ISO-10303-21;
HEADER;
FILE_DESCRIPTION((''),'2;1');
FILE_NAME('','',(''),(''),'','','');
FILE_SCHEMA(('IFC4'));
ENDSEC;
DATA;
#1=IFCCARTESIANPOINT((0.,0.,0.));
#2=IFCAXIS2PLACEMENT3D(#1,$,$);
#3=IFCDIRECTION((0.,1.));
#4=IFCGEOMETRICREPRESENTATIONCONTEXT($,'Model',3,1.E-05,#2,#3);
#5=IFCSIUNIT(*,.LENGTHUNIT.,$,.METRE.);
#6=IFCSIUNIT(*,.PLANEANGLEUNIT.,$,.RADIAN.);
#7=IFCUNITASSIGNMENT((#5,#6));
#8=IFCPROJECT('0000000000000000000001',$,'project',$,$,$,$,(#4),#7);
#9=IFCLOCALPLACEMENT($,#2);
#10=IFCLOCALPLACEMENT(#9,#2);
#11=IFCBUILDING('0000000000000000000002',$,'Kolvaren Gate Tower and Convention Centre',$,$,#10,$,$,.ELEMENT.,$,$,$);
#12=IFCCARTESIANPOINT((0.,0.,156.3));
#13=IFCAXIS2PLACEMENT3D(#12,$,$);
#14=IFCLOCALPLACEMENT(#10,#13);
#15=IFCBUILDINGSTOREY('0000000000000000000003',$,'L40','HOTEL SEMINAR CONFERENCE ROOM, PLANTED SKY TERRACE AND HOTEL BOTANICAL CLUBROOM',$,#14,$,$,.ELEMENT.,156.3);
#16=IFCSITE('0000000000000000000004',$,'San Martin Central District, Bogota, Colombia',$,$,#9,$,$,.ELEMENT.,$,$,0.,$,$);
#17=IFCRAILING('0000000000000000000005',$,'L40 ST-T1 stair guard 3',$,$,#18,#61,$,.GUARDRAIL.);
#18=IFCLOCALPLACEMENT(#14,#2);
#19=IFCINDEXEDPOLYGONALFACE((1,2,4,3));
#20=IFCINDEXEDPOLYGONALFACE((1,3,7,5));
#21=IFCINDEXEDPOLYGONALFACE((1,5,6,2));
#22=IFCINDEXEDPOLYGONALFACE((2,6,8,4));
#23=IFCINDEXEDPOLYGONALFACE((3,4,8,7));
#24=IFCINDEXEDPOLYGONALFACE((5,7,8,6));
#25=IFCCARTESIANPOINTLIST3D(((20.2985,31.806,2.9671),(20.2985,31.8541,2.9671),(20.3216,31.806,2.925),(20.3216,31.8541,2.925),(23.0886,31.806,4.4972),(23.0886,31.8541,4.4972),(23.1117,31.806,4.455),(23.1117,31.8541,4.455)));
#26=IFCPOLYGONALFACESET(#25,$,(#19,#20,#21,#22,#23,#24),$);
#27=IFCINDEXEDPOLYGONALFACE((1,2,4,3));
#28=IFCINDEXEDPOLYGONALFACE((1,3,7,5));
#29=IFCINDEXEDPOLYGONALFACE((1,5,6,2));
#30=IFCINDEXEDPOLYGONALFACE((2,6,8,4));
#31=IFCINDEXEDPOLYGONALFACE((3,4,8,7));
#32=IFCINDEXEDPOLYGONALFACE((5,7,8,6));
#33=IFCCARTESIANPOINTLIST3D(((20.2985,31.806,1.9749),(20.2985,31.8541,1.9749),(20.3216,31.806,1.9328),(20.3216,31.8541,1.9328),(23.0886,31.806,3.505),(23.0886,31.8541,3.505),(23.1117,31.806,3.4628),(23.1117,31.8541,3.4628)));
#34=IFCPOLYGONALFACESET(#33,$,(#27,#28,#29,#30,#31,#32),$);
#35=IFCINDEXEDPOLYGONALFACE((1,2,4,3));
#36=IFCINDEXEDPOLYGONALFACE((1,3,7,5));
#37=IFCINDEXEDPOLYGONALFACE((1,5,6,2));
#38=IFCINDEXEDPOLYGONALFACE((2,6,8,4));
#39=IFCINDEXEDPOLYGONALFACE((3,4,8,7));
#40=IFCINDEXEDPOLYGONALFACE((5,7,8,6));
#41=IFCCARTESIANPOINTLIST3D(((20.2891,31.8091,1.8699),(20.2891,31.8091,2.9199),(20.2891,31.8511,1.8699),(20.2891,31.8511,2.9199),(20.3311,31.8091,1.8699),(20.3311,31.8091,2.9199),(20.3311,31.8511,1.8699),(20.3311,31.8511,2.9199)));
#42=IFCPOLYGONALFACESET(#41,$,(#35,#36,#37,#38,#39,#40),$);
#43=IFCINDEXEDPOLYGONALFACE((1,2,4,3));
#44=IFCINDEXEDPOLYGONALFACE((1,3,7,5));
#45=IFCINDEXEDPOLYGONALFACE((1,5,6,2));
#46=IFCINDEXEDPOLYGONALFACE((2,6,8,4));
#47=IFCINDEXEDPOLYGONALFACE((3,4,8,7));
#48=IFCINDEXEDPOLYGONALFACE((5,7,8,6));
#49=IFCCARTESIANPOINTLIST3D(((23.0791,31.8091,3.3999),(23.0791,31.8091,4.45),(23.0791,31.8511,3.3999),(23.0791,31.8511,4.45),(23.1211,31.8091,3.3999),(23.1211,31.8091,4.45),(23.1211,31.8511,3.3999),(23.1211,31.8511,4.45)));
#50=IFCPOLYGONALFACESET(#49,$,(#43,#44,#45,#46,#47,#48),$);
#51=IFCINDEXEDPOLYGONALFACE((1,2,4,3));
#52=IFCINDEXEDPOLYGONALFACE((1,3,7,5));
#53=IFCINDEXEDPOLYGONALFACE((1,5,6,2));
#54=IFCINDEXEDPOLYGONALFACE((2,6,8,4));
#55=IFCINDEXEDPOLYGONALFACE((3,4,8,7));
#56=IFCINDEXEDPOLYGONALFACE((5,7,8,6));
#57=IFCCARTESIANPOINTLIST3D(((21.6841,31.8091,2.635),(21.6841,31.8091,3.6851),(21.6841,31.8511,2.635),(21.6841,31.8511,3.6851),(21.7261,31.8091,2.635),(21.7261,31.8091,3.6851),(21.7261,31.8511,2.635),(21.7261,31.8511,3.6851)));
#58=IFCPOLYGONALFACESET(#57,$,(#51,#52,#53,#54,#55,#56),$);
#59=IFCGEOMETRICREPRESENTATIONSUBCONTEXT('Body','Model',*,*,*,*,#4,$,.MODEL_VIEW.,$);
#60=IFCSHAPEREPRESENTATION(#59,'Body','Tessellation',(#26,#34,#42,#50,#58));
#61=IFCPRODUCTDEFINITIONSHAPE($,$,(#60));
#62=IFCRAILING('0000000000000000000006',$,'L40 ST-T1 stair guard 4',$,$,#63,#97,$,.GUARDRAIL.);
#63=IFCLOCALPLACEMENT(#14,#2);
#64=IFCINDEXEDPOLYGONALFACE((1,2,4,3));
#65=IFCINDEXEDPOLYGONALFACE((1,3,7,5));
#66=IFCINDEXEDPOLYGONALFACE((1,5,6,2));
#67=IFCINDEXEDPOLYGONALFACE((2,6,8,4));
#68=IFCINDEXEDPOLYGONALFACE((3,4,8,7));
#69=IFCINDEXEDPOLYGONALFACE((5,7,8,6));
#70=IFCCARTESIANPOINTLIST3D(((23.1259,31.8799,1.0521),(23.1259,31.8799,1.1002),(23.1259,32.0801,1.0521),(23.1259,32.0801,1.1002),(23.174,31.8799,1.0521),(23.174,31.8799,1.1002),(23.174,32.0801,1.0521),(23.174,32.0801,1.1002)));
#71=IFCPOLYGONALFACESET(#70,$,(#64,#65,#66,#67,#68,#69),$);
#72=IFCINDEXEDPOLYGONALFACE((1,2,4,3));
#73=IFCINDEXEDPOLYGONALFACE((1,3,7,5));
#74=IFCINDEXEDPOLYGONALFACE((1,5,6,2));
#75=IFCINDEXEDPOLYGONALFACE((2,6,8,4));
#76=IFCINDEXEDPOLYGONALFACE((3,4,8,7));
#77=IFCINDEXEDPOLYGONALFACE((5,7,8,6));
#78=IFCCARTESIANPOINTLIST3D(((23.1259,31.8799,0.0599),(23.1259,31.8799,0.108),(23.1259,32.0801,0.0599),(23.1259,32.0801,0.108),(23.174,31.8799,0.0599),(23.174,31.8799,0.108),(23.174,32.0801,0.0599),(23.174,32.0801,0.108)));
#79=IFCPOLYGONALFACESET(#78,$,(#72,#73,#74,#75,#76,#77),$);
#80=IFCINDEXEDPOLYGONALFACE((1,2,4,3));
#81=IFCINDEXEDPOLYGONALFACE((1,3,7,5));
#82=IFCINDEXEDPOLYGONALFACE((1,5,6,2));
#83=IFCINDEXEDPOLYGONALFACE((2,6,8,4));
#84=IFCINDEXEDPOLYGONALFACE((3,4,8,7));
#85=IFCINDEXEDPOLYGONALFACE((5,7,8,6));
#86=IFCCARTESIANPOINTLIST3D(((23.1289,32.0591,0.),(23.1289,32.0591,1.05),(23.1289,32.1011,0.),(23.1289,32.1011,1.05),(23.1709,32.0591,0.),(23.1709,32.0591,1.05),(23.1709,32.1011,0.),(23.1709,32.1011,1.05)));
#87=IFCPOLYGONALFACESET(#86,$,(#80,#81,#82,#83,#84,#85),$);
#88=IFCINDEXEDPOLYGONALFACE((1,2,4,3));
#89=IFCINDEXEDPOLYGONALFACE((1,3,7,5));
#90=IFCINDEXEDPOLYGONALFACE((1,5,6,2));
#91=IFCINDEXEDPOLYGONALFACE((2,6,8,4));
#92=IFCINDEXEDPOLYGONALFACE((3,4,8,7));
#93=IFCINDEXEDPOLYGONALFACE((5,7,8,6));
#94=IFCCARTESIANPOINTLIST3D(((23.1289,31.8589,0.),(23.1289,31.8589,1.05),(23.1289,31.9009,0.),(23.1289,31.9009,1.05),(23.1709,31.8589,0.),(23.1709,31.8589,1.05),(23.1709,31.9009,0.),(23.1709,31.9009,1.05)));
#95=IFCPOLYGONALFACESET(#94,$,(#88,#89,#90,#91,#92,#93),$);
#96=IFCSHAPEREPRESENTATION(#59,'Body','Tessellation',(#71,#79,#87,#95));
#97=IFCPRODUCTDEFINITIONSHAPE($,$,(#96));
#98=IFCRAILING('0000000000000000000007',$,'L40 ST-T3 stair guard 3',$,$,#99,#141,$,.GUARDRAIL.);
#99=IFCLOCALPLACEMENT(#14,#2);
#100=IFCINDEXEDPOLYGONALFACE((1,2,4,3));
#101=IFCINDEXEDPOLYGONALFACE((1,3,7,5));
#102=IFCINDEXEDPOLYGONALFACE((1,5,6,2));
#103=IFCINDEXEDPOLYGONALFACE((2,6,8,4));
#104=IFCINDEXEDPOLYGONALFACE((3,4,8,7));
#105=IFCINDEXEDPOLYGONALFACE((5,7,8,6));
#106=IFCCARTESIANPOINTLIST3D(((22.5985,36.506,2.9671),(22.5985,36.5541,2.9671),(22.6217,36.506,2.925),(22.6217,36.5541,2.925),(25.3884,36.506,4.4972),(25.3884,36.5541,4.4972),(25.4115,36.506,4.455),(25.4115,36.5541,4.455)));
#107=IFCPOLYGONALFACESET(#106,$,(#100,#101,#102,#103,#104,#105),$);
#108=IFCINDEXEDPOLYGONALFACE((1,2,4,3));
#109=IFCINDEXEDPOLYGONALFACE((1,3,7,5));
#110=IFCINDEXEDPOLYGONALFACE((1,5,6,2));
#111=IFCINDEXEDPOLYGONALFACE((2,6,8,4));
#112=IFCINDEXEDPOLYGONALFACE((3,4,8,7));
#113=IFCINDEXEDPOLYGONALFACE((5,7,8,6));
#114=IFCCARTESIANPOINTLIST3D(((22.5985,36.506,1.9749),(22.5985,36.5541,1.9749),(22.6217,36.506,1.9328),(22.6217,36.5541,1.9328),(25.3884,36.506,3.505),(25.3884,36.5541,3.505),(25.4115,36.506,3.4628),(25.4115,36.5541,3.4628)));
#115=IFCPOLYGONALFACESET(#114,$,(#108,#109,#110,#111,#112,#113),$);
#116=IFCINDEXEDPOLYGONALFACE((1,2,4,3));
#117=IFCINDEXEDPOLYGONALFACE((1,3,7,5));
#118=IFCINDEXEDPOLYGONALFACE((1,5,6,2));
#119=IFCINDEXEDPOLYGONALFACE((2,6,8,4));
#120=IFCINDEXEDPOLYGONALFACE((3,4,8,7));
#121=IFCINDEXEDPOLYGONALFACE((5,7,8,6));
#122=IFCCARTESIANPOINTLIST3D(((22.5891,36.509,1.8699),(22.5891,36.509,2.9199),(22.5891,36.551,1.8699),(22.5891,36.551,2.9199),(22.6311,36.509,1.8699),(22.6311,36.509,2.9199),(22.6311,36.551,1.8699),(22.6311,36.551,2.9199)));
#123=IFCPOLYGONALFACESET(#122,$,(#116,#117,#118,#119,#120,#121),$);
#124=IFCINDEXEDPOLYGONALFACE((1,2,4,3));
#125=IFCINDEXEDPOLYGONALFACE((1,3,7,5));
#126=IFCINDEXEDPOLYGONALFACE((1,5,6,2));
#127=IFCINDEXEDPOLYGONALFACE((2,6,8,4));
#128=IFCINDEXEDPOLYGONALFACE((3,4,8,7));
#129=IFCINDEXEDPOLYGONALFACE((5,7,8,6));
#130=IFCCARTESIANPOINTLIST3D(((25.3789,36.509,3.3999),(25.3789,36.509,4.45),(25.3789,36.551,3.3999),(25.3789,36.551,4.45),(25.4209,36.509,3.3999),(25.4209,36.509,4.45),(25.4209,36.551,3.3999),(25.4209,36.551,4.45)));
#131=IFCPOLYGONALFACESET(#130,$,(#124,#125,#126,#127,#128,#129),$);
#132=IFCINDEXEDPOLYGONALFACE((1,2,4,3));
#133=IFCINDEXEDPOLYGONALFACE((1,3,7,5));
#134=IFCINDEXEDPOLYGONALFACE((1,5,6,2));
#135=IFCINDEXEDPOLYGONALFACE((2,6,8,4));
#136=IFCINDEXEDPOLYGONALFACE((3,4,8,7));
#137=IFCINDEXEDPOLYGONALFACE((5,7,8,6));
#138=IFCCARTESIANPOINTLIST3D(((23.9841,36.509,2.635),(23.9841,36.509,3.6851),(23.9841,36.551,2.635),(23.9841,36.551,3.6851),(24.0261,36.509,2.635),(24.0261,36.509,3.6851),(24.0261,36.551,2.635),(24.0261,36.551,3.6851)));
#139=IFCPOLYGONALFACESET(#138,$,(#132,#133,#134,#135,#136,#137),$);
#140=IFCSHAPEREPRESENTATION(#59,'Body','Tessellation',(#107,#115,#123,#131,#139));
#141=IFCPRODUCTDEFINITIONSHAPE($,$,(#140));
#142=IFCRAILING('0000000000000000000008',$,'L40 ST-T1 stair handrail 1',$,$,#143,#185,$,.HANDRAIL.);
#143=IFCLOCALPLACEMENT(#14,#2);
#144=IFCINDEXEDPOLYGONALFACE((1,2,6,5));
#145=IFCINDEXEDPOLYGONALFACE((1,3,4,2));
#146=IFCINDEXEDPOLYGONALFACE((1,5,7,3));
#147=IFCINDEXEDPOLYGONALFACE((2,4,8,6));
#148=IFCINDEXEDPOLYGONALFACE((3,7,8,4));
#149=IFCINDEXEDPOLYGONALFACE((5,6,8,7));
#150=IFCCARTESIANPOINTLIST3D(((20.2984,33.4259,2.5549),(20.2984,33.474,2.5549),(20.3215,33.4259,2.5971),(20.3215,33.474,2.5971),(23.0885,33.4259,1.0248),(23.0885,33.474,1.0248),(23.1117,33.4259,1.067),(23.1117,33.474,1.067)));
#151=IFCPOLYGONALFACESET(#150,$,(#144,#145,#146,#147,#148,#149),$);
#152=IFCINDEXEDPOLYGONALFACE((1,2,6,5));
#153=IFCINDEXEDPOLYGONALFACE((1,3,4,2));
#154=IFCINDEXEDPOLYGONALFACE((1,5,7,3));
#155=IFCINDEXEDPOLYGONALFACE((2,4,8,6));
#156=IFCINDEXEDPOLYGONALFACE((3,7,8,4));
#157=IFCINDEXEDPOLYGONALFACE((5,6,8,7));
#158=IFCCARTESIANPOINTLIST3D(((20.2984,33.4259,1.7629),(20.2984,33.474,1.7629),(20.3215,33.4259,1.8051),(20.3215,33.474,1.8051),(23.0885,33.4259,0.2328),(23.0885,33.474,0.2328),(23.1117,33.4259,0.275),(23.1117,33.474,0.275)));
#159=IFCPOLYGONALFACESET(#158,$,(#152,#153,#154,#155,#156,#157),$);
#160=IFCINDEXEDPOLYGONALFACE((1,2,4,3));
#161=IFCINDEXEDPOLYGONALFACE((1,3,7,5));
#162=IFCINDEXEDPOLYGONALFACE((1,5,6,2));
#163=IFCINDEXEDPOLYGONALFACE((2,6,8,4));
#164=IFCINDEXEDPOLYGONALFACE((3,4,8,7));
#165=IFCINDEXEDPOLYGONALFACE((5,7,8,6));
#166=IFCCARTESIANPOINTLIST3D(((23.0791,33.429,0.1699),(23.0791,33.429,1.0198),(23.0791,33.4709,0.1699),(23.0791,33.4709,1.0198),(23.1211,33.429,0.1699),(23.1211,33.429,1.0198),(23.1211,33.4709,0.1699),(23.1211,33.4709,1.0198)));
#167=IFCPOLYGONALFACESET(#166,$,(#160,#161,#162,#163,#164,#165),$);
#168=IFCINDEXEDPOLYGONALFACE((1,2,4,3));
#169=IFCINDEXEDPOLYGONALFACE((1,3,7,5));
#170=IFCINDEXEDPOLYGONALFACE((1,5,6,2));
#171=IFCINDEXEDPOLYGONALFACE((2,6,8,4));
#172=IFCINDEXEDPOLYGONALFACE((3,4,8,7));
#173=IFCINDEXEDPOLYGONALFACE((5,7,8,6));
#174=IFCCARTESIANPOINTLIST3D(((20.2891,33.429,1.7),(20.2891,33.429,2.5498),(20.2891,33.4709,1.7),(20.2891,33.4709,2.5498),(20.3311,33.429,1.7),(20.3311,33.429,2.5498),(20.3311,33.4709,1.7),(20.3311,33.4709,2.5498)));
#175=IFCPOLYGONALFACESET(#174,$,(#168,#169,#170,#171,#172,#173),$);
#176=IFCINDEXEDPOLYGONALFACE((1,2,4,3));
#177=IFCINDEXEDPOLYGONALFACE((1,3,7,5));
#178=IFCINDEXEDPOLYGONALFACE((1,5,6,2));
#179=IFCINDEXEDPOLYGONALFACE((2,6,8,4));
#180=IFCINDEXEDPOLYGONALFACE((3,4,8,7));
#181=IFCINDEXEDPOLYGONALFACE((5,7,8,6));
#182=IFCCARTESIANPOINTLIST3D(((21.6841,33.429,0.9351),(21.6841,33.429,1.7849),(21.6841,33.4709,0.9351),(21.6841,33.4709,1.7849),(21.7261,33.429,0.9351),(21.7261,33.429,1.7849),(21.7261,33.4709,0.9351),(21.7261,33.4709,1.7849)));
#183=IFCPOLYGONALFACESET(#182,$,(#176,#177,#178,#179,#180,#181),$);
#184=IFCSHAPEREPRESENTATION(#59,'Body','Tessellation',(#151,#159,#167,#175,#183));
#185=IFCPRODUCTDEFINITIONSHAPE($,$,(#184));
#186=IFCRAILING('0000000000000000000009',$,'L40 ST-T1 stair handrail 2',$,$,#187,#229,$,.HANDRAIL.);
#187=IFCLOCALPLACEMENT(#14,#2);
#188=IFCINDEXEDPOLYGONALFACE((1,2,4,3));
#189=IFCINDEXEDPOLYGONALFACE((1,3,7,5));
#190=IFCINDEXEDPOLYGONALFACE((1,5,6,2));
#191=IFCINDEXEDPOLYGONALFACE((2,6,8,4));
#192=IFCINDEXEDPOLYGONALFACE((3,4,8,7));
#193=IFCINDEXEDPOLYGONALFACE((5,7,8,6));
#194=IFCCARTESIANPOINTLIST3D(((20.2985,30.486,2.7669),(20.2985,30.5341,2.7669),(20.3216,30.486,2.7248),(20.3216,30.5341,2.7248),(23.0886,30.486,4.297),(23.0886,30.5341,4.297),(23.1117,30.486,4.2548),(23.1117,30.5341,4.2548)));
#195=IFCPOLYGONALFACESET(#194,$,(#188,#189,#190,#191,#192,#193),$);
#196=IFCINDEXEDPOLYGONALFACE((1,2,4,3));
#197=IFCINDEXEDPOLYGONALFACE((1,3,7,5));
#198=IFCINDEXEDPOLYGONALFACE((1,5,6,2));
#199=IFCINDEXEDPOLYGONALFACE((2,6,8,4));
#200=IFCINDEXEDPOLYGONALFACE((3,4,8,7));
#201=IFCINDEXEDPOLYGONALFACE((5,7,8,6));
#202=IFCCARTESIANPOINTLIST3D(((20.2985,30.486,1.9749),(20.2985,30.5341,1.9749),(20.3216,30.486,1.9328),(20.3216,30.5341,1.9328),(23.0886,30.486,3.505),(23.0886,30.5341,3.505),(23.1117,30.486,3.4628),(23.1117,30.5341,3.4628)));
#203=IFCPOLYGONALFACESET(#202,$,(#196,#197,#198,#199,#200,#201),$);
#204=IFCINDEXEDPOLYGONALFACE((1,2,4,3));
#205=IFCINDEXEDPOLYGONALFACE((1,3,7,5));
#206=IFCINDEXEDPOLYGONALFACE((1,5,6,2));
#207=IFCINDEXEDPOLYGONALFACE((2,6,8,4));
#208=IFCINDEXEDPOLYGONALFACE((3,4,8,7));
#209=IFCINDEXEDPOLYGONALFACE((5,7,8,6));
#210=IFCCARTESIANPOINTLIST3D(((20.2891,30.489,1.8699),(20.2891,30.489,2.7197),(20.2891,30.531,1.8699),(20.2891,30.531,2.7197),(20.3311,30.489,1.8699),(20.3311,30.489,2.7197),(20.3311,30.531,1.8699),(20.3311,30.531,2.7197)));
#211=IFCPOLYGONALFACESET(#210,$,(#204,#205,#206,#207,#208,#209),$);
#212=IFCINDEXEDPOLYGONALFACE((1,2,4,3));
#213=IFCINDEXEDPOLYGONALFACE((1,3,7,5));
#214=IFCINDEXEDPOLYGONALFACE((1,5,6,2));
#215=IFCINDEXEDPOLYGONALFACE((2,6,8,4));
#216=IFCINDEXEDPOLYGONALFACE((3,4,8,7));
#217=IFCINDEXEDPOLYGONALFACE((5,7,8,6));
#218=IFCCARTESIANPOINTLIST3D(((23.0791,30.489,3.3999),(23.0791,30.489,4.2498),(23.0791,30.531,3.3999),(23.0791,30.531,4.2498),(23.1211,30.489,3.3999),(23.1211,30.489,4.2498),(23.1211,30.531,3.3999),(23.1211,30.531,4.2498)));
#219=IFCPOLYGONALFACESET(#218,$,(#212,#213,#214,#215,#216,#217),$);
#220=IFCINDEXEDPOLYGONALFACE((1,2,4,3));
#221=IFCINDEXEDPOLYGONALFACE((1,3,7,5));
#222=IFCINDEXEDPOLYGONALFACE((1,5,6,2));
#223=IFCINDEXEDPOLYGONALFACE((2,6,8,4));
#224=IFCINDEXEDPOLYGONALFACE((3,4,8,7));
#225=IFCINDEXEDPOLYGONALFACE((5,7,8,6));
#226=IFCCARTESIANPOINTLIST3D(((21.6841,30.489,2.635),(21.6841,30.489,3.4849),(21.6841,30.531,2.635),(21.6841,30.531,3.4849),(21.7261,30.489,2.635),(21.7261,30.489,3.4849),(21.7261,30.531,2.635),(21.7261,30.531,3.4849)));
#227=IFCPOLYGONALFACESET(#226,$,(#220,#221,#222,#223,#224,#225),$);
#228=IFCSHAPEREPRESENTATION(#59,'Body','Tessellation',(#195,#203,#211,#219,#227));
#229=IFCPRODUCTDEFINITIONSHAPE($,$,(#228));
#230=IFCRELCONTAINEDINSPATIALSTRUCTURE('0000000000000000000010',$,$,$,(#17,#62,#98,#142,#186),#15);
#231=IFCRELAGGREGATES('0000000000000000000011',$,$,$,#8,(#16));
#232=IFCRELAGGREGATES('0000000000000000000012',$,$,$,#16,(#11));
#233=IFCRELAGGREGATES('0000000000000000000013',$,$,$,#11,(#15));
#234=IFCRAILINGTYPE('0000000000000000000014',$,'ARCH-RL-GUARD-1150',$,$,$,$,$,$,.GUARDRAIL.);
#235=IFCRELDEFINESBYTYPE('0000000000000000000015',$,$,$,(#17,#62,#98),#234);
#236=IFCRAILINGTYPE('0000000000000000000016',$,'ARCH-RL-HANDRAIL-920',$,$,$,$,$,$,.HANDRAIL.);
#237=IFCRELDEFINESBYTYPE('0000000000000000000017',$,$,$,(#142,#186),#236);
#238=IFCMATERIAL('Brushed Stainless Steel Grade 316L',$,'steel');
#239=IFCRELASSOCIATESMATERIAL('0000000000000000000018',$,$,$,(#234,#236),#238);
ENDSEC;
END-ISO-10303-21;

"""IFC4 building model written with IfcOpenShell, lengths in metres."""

from ifc_helpers import new_model, si_unit, direction, frame, origin, origin_2d, place, context, subcontext, project, spatial, rectangle, extrude, material, type_object, element, save


model = new_model("IFC4")

# Units and contexts
model_context = context("Model", 3, precision=1e-05, world=origin(), true_north=direction((0.0, 1.0)))
body_context = subcontext(model_context, "Body", "Model", "MODEL_VIEW")
ifc_project = project(units=[si_unit("LENGTHUNIT", "METRE"), si_unit("PLANEANGLEUNIT", "RADIAN")], contexts=[model_context])

# Site, building, storey
site_placement = place(None, origin())
site = spatial("IfcSite", under=ifc_project, at=site_placement, Name="San Martin Central District, Bogota, Colombia", CompositionType="ELEMENT", RefElevation=0.0)
building_placement = place(site_placement, origin())
building = spatial("IfcBuilding", under=site, at=building_placement, Name="Kolvaren Gate Tower and Convention Centre", CompositionType="ELEMENT")
storey_placement = place(building_placement, frame((0.0, 0.0, 156.3)))
storey = spatial("IfcBuildingStorey", under=building, at=storey_placement, Name="L40", Description="HOTEL SEMINAR CONFERENCE ROOM, PLANTED SKY TERRACE AND HOTEL BOTANICAL CLUBROOM", CompositionType="ELEMENT", Elevation=156.3)

# Shared definitions
ifc_material_1 = material(Name="Brushed Stainless Steel Grade 316L", Category="steel")

# Railings
railing_type_1 = type_object("IfcRailingType", Name="ARCH-RL-GUARD-1150", PredefinedType="GUARDRAIL", material=ifc_material_1)
railing_1_placement = place(storey_placement, frame((20.3101, 31.8301, 1.8699)))
element("IfcRailing", 1, at=railing_1_placement, inside=storey, type_object=railing_type_1, Name="L40 ST-T1 stair guard 3", PredefinedType="GUARDRAIL", context=body_context, shape_type="SweptSolid", body=[
    extrude(rectangle(XDim=0.0481, YDim=0.0481, at=origin_2d()), frame((0.0, 0.0, 1.0762), z_axis=(0.876811, 0.0, 0.480835), x_axis=(0.0, 1.0, 0.0)), (0.0, 0.0, 1.0), 3.1821),
    extrude(rectangle(XDim=0.0481, YDim=0.0481, at=origin_2d()), frame((0.0, 0.0, 0.084), z_axis=(0.876811, 0.0, 0.480835), x_axis=(0.0, 1.0, 0.0)), (0.0, 0.0, 1.0), 3.1821),
    extrude(rectangle(XDim=0.042, YDim=0.042, at=origin_2d()), origin(), (0.0, 0.0, 1.0), 1.05),
    extrude(rectangle(XDim=0.042, YDim=0.042, at=origin_2d()), frame((2.79, 0.0, 1.53)), (0.0, 0.0, 1.0), 1.05),
    extrude(rectangle(XDim=0.042, YDim=0.042, at=origin_2d()), frame((1.395, 0.0, 0.7651)), (0.0, 0.0, 1.0), 1.05),
])
railing_2_placement = place(storey_placement, frame((23.1499, 32.0801, 0.0)))
element("IfcRailing", 2, at=railing_2_placement, inside=storey, type_object=railing_type_1, Name="L40 ST-T1 stair guard 4", PredefinedType="GUARDRAIL", context=body_context, shape_type="SweptSolid", body=[
    extrude(rectangle(XDim=0.0481, YDim=0.0481, at=origin_2d()), frame((0.0, 0.0, 1.0762), z_axis=(0.0, -1.0, 0.0), x_axis=(1.0, 0.0, 0.0)), (0.0, 0.0, 1.0), 0.2002),
    extrude(rectangle(XDim=0.0481, YDim=0.0481, at=origin_2d()), frame((0.0, 0.0, 0.084), z_axis=(0.0, -1.0, 0.0), x_axis=(1.0, 0.0, 0.0)), (0.0, 0.0, 1.0), 0.2002),
    extrude(rectangle(XDim=0.042, YDim=0.042, at=origin_2d()), origin(), (0.0, 0.0, 1.0), 1.05),
    extrude(rectangle(XDim=0.042, YDim=0.042, at=origin_2d()), frame((0.0, -0.2002, 0.0)), (0.0, 0.0, 1.0), 1.05),
])
railing_3_placement = place(storey_placement, frame((22.6101, 36.53, 1.8699)))
element("IfcRailing", 3, at=railing_3_placement, inside=storey, type_object=railing_type_1, Name="L40 ST-T3 stair guard 3", PredefinedType="GUARDRAIL", context=body_context, shape_type="SweptSolid", body=[
    extrude(rectangle(XDim=0.0481, YDim=0.0481, at=origin_2d()), frame((0.0, 0.0, 1.0762), z_axis=(0.876794, 0.0, 0.480867), x_axis=(0.0, 1.0, 0.0)), (0.0, 0.0, 1.0), 3.1819),
    extrude(rectangle(XDim=0.0481, YDim=0.0481, at=origin_2d()), frame((0.0, 0.0, 0.084), z_axis=(0.876794, 0.0, 0.480867), x_axis=(0.0, 1.0, 0.0)), (0.0, 0.0, 1.0), 3.1819),
    extrude(rectangle(XDim=0.042, YDim=0.042, at=origin_2d()), origin(), (0.0, 0.0, 1.0), 1.05),
    extrude(rectangle(XDim=0.042, YDim=0.042, at=origin_2d()), frame((2.7898, 0.0, 1.53)), (0.0, 0.0, 1.0), 1.05),
    extrude(rectangle(XDim=0.042, YDim=0.042, at=origin_2d()), frame((1.395, 0.0, 0.7651)), (0.0, 0.0, 1.0), 1.05),
])
railing_type_2 = type_object("IfcRailingType", Name="ARCH-RL-HANDRAIL-920", PredefinedType="HANDRAIL", material=ifc_material_1)
railing_4_placement = place(storey_placement, frame((23.1001, 33.45, 0.1699)))
element("IfcRailing", 4, at=railing_4_placement, inside=storey, type_object=railing_type_2, Name="L40 ST-T1 stair handrail 1", PredefinedType="HANDRAIL", context=body_context, shape_type="SweptSolid", body=[
    extrude(rectangle(XDim=0.0481, YDim=0.0481, at=origin_2d()), frame((0.0, 0.0, 0.876), z_axis=(-0.876811, 0.0, 0.480835), x_axis=(0.0, -1.0, 0.0)), (0.0, 0.0, 1.0), 3.1821),
    extrude(rectangle(XDim=0.0481, YDim=0.0481, at=origin_2d()), frame((0.0, 0.0, 0.084), z_axis=(-0.876811, 0.0, 0.480835), x_axis=(0.0, -1.0, 0.0)), (0.0, 0.0, 1.0), 3.1821),
    extrude(rectangle(XDim=0.042, YDim=0.042, at=origin_2d()), origin(), (0.0, 0.0, 1.0), 0.8499),
    extrude(rectangle(XDim=0.042, YDim=0.042, at=origin_2d()), frame((-2.79, 0.0, 1.53)), (0.0, 0.0, 1.0), 0.8499),
    extrude(rectangle(XDim=0.042, YDim=0.042, at=origin_2d()), frame((-1.395, 0.0, 0.7651)), (0.0, 0.0, 1.0), 0.8499),
])
railing_5_placement = place(storey_placement, frame((20.3101, 30.51, 1.8699)))
element("IfcRailing", 5, at=railing_5_placement, inside=storey, type_object=railing_type_2, Name="L40 ST-T1 stair handrail 2", PredefinedType="HANDRAIL", context=body_context, shape_type="SweptSolid", body=[
    extrude(rectangle(XDim=0.0481, YDim=0.0481, at=origin_2d()), frame((0.0, 0.0, 0.876), z_axis=(0.876811, 0.0, 0.480835), x_axis=(0.0, 1.0, 0.0)), (0.0, 0.0, 1.0), 3.1821),
    extrude(rectangle(XDim=0.0481, YDim=0.0481, at=origin_2d()), frame((0.0, 0.0, 0.084), z_axis=(0.876811, 0.0, 0.480835), x_axis=(0.0, 1.0, 0.0)), (0.0, 0.0, 1.0), 3.1821),
    extrude(rectangle(XDim=0.042, YDim=0.042, at=origin_2d()), origin(), (0.0, 0.0, 1.0), 0.8499),
    extrude(rectangle(XDim=0.042, YDim=0.042, at=origin_2d()), frame((2.79, 0.0, 1.53)), (0.0, 0.0, 1.0), 0.8499),
    extrude(rectangle(XDim=0.042, YDim=0.042, at=origin_2d()), frame((1.395, 0.0, 0.7651)), (0.0, 0.0, 1.0), 0.8499),
])

save(model, "model.ifc")
